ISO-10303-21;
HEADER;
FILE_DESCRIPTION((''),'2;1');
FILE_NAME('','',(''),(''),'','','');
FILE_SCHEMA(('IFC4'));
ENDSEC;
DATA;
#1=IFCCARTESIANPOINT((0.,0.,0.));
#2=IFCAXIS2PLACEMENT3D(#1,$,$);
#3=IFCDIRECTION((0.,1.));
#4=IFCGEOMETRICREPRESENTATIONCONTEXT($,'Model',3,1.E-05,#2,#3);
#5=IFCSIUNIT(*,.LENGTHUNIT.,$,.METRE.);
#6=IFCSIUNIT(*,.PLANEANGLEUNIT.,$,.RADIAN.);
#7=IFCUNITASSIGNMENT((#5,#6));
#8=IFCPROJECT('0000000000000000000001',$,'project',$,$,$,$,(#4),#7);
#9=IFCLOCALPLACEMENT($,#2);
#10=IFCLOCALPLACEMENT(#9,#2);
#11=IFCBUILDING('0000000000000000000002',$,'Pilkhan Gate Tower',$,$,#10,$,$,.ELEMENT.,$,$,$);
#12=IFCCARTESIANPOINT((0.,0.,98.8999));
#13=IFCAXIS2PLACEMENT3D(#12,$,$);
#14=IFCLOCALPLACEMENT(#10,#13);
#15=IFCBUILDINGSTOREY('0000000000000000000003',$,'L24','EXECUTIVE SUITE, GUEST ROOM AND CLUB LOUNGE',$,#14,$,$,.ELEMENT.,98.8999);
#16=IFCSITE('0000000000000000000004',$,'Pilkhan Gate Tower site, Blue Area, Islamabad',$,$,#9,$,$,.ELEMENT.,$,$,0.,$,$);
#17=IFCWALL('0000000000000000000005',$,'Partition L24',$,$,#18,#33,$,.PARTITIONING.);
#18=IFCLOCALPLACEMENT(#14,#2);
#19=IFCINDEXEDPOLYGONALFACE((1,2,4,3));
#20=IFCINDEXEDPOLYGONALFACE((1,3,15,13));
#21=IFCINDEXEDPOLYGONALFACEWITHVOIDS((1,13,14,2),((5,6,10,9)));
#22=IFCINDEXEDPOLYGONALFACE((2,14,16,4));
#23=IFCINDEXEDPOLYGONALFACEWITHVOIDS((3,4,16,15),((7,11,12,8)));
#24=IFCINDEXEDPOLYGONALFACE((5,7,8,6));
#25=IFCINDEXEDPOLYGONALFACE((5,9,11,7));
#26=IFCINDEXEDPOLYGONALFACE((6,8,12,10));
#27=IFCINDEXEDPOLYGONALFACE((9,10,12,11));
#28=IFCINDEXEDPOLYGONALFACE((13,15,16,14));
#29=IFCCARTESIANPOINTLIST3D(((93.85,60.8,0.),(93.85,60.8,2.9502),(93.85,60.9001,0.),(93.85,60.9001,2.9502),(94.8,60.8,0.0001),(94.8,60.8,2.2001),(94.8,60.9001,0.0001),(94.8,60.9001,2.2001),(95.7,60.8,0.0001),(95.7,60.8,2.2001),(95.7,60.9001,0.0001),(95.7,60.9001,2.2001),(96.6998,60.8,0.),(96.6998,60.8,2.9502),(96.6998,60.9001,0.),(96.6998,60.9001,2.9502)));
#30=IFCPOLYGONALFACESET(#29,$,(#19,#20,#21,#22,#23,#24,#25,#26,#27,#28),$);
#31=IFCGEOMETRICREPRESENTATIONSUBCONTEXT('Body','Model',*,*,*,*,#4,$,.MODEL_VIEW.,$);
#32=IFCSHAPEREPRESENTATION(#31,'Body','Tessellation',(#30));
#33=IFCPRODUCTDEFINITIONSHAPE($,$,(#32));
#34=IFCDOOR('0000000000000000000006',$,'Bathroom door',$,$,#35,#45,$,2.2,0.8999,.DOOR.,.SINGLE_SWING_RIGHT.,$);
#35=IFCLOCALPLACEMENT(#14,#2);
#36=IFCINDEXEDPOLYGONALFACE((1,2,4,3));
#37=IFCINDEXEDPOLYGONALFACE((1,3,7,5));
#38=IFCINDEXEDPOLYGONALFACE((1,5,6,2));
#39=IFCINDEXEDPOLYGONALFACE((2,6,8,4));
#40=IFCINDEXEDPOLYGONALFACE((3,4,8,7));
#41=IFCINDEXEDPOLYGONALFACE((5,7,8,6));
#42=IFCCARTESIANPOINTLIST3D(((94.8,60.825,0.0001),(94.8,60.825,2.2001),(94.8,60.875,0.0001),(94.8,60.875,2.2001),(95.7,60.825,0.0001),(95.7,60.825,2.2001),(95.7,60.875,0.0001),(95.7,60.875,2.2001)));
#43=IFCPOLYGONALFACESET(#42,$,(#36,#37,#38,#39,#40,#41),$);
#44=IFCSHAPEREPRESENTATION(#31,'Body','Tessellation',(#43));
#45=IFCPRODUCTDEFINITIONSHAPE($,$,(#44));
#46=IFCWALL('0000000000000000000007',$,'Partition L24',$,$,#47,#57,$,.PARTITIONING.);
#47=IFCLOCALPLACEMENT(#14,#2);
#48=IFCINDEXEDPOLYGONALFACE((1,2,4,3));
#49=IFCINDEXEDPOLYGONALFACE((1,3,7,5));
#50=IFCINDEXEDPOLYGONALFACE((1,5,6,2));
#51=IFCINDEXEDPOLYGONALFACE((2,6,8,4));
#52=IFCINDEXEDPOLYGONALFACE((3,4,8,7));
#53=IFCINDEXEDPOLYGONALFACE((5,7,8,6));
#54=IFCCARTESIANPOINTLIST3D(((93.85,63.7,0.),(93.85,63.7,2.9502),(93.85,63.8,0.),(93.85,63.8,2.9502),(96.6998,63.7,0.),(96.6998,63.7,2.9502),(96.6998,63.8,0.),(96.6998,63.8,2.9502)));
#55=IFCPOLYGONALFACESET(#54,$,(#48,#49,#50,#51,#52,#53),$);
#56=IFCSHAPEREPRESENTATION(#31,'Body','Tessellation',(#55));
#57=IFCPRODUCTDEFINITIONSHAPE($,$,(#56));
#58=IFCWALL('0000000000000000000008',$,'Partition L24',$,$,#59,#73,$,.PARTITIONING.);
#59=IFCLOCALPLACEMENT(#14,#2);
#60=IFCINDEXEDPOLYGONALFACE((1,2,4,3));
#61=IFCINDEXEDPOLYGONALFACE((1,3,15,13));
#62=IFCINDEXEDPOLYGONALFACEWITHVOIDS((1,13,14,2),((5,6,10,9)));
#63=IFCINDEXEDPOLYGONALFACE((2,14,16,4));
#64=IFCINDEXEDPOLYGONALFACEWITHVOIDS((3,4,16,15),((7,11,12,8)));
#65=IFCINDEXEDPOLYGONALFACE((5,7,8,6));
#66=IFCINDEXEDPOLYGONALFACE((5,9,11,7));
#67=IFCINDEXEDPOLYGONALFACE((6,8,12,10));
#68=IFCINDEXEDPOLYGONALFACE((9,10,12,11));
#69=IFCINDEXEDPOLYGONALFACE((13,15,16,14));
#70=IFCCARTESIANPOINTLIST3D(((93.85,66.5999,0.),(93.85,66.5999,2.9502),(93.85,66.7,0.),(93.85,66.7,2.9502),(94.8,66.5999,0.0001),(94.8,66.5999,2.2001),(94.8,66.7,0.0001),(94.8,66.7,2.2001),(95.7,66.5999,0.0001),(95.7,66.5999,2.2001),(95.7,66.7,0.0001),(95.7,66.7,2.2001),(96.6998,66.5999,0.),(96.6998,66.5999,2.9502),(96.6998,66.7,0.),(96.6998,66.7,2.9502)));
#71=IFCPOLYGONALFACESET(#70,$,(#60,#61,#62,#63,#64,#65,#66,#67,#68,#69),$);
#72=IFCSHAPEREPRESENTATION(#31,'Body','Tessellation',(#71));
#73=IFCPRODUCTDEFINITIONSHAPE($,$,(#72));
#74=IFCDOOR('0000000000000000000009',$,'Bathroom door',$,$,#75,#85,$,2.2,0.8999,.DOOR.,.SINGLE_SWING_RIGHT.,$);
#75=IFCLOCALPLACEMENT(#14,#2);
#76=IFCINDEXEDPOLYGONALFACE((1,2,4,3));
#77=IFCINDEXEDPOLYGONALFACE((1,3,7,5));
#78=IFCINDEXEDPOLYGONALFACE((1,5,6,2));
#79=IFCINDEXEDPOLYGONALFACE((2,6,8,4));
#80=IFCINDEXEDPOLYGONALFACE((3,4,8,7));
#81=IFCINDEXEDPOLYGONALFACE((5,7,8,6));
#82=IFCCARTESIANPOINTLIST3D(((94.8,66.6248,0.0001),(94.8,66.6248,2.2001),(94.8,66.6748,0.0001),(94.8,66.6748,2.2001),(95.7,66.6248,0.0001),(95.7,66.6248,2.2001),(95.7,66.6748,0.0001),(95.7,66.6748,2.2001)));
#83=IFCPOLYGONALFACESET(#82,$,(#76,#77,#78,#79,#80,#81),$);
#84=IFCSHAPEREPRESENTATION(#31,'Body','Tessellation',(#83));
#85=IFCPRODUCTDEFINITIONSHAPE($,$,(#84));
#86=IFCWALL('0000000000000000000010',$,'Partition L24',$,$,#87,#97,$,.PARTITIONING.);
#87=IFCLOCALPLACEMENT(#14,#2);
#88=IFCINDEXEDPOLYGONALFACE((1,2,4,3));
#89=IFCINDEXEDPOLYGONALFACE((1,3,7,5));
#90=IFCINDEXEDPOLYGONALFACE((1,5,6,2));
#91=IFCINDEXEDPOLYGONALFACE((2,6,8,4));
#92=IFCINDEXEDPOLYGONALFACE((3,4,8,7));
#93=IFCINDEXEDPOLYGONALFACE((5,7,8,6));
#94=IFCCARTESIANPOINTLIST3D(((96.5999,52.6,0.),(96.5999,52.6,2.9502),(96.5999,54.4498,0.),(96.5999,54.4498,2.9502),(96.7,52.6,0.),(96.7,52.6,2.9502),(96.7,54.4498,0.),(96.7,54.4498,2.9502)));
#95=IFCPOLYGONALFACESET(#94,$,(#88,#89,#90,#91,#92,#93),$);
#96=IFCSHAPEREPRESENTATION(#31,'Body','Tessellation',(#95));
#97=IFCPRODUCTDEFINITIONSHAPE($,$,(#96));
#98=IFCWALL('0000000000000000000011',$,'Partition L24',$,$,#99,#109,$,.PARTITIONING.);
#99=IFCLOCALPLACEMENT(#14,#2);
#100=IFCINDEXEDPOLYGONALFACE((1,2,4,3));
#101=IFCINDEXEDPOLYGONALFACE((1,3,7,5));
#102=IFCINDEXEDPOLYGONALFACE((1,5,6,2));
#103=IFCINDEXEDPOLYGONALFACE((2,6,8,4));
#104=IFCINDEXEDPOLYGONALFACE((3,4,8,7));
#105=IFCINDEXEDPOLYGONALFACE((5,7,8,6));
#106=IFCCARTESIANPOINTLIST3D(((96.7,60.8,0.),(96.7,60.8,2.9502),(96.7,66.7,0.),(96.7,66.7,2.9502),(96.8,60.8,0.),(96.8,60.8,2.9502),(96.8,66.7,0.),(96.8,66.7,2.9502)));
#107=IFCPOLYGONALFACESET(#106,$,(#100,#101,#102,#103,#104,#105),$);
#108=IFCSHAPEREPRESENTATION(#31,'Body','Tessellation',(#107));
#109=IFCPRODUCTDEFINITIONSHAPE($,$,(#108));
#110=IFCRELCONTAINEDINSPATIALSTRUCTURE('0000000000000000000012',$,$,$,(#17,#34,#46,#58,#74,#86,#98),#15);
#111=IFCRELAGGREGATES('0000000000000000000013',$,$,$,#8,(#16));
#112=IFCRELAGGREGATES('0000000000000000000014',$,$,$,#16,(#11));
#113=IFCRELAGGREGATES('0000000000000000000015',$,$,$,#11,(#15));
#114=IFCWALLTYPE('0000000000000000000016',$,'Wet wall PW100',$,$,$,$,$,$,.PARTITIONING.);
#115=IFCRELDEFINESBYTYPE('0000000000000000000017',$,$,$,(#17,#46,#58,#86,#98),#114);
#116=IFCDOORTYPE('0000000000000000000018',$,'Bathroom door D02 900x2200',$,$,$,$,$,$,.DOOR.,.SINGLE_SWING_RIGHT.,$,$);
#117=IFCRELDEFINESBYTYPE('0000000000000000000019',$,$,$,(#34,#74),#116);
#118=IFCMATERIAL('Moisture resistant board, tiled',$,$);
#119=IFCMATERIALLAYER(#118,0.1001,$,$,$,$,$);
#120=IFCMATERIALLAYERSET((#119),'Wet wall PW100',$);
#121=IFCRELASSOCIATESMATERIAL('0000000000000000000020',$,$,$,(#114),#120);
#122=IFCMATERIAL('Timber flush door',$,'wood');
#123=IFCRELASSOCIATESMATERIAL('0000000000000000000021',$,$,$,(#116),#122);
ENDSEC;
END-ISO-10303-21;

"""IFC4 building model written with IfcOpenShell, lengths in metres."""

from ifc_helpers import new_model, si_unit, direction, frame, frame_2d, origin, place, context, subcontext, project, spatial, rectangle, extrude, material, layer, layer_set, type_object, element, fill, save


model = new_model("IFC4")

# Units and contexts
model_context = context("Model", 3, precision=1e-05, world=origin(), true_north=direction((0.0, 1.0)))
body_context = subcontext(model_context, "Body", "Model", "MODEL_VIEW")
ifc_project = project(units=[si_unit("LENGTHUNIT", "METRE"), si_unit("PLANEANGLEUNIT", "RADIAN")], contexts=[model_context])

# Site, building, storey
site_placement = place(None, origin())
site = spatial("IfcSite", under=ifc_project, at=site_placement, Name="Pilkhan Gate Tower site, Blue Area, Islamabad", CompositionType="ELEMENT", RefElevation=0.0)
building_placement = place(site_placement, origin())
building = spatial("IfcBuilding", under=site, at=building_placement, Name="Pilkhan Gate Tower", CompositionType="ELEMENT")
storey_placement = place(building_placement, frame((0.0, 0.0, 98.8999)))
storey = spatial("IfcBuildingStorey", under=building, at=storey_placement, Name="L24", Description="EXECUTIVE SUITE, GUEST ROOM AND CLUB LOUNGE", CompositionType="ELEMENT", Elevation=98.8999)

# Wall, opening, door
ifc_material_1 = material(Name="Moisture resistant board, tiled")
ifc_layer_1 = layer(ifc_material_1, 0.1001)
ifc_layer_set_1 = layer_set([ifc_layer_1], Name="Wet wall PW100")
wall_type_1 = type_object("IfcWallType", Name="Wet wall PW100", PredefinedType="PARTITIONING", material=ifc_layer_set_1)
wall_1_placement = place(storey_placement, frame((93.8501, 60.8501, 0.0), z_axis=(0.0, 0.0, 1.0), x_axis=(1.0, 0.0, 0.0)))
wall_1 = element("IfcWall", 1, at=wall_1_placement, inside=storey, type_object=wall_type_1, Name="Partition L24", PredefinedType="PARTITIONING", context=body_context, shape_type="SweptSolid", body=[
    extrude(rectangle(XDim=2.8499, YDim=0.1001, at=frame_2d((1.4248, 0.0))), origin(), (0.0, 0.0, 1.0), 2.9502),
])
opening_1_placement = place(wall_1_placement, frame((0.95, 0.0, 0.0)))
opening_1 = element("IfcOpeningElement", 2, at=opening_1_placement, cuts=wall_1, PredefinedType="OPENING", context=body_context, shape_type="SweptSolid", body=[
    extrude(rectangle(XDim=0.8999, YDim=2.2, at=frame_2d((0.45, 1.1001))), frame((0.0, 0.0601, 0.0), z_axis=(0.0, -1.0, 0.0), x_axis=(1.0, 0.0, 0.0)), (0.0, 0.0, 1.0), 0.1201),
])
ifc_material_2 = material(Name="Timber flush door", Category="wood")
door_type = type_object("IfcDoorType", Name="Bathroom door D02 900x2200", OperationType="SINGLE_SWING_RIGHT", PredefinedType="DOOR", material=ifc_material_2)
door_1_placement = place(opening_1_placement, origin())
door_1 = element("IfcDoor", 3, at=door_1_placement, inside=storey, type_object=door_type, Name="Bathroom door", OperationType="SINGLE_SWING_RIGHT", OverallHeight=2.2, OverallWidth=0.8999, PredefinedType="DOOR", context=body_context, shape_type="SweptSolid", body=[
    extrude(rectangle(XDim=0.8999, YDim=2.2, at=frame_2d((0.45, 1.1001))), frame((0.0, 0.0249, 0.0), z_axis=(0.0, -1.0, 0.0), x_axis=(1.0, 0.0, 0.0)), (0.0, 0.0, 1.0), 0.05),
])
fill(opening_1, door_1)

# Wall
wall_2_placement = place(storey_placement, frame((93.8501, 63.75, 0.0), z_axis=(0.0, 0.0, 1.0), x_axis=(1.0, 0.0, 0.0)))
element("IfcWall", 4, at=wall_2_placement, inside=storey, type_object=wall_type_1, Name="Partition L24", PredefinedType="PARTITIONING", context=body_context, shape_type="SweptSolid", body=[
    extrude(rectangle(XDim=2.8499, YDim=0.1001, at=frame_2d((1.4248, 0.0))), origin(), (0.0, 0.0, 1.0), 2.9502),
])

# Wall, opening, door
wall_3_placement = place(storey_placement, frame((93.8501, 66.6499, 0.0), z_axis=(0.0, 0.0, 1.0), x_axis=(1.0, 0.0, 0.0)))
wall_3 = element("IfcWall", 5, at=wall_3_placement, inside=storey, type_object=wall_type_1, Name="Partition L24", PredefinedType="PARTITIONING", context=body_context, shape_type="SweptSolid", body=[
    extrude(rectangle(XDim=2.8499, YDim=0.1001, at=frame_2d((1.4248, 0.0))), origin(), (0.0, 0.0, 1.0), 2.9502),
])
opening_2_placement = place(wall_3_placement, frame((0.95, 0.0, 0.0)))
opening_2 = element("IfcOpeningElement", 6, at=opening_2_placement, cuts=wall_3, PredefinedType="OPENING", context=body_context, shape_type="SweptSolid", body=[
    extrude(rectangle(XDim=0.8999, YDim=2.2, at=frame_2d((0.45, 1.1001))), frame((0.0, 0.0601, 0.0), z_axis=(0.0, -1.0, 0.0), x_axis=(1.0, 0.0, 0.0)), (0.0, 0.0, 1.0), 0.1201),
])
door_2_placement = place(opening_2_placement, origin())
door_2 = element("IfcDoor", 7, at=door_2_placement, inside=storey, type_object=door_type, Name="Bathroom door", OperationType="SINGLE_SWING_RIGHT", OverallHeight=2.2, OverallWidth=0.8999, PredefinedType="DOOR", context=body_context, shape_type="SweptSolid", body=[
    extrude(rectangle(XDim=0.8999, YDim=2.2, at=frame_2d((0.45, 1.1001))), frame((0.0, 0.0249, 0.0), z_axis=(0.0, -1.0, 0.0), x_axis=(1.0, 0.0, 0.0)), (0.0, 0.0, 1.0), 0.05),
])
fill(opening_2, door_2)

# Walls
wall_4_placement = place(storey_placement, frame((96.6499, 52.6001, 0.0), z_axis=(0.0, 0.0, 1.0), x_axis=(0.0, 1.0, 0.0)))
element("IfcWall", 8, at=wall_4_placement, inside=storey, type_object=wall_type_1, Name="Partition L24", PredefinedType="PARTITIONING", context=body_context, shape_type="SweptSolid", body=[
    extrude(rectangle(XDim=1.8499, YDim=0.1001, at=frame_2d((0.9248, 0.0))), origin(), (0.0, 0.0, 1.0), 2.9502),
])
wall_5_placement = place(storey_placement, frame((96.75, 60.8, 0.0), z_axis=(0.0, 0.0, 1.0), x_axis=(0.0, 1.0, 0.0)))
element("IfcWall", 9, at=wall_5_placement, inside=storey, type_object=wall_type_1, Name="Partition L24", PredefinedType="PARTITIONING", context=body_context, shape_type="SweptSolid", body=[
    extrude(rectangle(XDim=5.8999, YDim=0.1001, at=frame_2d((2.95, 0.0))), origin(), (0.0, 0.0, 1.0), 2.9502),
])

save(model, "model.ifc")
